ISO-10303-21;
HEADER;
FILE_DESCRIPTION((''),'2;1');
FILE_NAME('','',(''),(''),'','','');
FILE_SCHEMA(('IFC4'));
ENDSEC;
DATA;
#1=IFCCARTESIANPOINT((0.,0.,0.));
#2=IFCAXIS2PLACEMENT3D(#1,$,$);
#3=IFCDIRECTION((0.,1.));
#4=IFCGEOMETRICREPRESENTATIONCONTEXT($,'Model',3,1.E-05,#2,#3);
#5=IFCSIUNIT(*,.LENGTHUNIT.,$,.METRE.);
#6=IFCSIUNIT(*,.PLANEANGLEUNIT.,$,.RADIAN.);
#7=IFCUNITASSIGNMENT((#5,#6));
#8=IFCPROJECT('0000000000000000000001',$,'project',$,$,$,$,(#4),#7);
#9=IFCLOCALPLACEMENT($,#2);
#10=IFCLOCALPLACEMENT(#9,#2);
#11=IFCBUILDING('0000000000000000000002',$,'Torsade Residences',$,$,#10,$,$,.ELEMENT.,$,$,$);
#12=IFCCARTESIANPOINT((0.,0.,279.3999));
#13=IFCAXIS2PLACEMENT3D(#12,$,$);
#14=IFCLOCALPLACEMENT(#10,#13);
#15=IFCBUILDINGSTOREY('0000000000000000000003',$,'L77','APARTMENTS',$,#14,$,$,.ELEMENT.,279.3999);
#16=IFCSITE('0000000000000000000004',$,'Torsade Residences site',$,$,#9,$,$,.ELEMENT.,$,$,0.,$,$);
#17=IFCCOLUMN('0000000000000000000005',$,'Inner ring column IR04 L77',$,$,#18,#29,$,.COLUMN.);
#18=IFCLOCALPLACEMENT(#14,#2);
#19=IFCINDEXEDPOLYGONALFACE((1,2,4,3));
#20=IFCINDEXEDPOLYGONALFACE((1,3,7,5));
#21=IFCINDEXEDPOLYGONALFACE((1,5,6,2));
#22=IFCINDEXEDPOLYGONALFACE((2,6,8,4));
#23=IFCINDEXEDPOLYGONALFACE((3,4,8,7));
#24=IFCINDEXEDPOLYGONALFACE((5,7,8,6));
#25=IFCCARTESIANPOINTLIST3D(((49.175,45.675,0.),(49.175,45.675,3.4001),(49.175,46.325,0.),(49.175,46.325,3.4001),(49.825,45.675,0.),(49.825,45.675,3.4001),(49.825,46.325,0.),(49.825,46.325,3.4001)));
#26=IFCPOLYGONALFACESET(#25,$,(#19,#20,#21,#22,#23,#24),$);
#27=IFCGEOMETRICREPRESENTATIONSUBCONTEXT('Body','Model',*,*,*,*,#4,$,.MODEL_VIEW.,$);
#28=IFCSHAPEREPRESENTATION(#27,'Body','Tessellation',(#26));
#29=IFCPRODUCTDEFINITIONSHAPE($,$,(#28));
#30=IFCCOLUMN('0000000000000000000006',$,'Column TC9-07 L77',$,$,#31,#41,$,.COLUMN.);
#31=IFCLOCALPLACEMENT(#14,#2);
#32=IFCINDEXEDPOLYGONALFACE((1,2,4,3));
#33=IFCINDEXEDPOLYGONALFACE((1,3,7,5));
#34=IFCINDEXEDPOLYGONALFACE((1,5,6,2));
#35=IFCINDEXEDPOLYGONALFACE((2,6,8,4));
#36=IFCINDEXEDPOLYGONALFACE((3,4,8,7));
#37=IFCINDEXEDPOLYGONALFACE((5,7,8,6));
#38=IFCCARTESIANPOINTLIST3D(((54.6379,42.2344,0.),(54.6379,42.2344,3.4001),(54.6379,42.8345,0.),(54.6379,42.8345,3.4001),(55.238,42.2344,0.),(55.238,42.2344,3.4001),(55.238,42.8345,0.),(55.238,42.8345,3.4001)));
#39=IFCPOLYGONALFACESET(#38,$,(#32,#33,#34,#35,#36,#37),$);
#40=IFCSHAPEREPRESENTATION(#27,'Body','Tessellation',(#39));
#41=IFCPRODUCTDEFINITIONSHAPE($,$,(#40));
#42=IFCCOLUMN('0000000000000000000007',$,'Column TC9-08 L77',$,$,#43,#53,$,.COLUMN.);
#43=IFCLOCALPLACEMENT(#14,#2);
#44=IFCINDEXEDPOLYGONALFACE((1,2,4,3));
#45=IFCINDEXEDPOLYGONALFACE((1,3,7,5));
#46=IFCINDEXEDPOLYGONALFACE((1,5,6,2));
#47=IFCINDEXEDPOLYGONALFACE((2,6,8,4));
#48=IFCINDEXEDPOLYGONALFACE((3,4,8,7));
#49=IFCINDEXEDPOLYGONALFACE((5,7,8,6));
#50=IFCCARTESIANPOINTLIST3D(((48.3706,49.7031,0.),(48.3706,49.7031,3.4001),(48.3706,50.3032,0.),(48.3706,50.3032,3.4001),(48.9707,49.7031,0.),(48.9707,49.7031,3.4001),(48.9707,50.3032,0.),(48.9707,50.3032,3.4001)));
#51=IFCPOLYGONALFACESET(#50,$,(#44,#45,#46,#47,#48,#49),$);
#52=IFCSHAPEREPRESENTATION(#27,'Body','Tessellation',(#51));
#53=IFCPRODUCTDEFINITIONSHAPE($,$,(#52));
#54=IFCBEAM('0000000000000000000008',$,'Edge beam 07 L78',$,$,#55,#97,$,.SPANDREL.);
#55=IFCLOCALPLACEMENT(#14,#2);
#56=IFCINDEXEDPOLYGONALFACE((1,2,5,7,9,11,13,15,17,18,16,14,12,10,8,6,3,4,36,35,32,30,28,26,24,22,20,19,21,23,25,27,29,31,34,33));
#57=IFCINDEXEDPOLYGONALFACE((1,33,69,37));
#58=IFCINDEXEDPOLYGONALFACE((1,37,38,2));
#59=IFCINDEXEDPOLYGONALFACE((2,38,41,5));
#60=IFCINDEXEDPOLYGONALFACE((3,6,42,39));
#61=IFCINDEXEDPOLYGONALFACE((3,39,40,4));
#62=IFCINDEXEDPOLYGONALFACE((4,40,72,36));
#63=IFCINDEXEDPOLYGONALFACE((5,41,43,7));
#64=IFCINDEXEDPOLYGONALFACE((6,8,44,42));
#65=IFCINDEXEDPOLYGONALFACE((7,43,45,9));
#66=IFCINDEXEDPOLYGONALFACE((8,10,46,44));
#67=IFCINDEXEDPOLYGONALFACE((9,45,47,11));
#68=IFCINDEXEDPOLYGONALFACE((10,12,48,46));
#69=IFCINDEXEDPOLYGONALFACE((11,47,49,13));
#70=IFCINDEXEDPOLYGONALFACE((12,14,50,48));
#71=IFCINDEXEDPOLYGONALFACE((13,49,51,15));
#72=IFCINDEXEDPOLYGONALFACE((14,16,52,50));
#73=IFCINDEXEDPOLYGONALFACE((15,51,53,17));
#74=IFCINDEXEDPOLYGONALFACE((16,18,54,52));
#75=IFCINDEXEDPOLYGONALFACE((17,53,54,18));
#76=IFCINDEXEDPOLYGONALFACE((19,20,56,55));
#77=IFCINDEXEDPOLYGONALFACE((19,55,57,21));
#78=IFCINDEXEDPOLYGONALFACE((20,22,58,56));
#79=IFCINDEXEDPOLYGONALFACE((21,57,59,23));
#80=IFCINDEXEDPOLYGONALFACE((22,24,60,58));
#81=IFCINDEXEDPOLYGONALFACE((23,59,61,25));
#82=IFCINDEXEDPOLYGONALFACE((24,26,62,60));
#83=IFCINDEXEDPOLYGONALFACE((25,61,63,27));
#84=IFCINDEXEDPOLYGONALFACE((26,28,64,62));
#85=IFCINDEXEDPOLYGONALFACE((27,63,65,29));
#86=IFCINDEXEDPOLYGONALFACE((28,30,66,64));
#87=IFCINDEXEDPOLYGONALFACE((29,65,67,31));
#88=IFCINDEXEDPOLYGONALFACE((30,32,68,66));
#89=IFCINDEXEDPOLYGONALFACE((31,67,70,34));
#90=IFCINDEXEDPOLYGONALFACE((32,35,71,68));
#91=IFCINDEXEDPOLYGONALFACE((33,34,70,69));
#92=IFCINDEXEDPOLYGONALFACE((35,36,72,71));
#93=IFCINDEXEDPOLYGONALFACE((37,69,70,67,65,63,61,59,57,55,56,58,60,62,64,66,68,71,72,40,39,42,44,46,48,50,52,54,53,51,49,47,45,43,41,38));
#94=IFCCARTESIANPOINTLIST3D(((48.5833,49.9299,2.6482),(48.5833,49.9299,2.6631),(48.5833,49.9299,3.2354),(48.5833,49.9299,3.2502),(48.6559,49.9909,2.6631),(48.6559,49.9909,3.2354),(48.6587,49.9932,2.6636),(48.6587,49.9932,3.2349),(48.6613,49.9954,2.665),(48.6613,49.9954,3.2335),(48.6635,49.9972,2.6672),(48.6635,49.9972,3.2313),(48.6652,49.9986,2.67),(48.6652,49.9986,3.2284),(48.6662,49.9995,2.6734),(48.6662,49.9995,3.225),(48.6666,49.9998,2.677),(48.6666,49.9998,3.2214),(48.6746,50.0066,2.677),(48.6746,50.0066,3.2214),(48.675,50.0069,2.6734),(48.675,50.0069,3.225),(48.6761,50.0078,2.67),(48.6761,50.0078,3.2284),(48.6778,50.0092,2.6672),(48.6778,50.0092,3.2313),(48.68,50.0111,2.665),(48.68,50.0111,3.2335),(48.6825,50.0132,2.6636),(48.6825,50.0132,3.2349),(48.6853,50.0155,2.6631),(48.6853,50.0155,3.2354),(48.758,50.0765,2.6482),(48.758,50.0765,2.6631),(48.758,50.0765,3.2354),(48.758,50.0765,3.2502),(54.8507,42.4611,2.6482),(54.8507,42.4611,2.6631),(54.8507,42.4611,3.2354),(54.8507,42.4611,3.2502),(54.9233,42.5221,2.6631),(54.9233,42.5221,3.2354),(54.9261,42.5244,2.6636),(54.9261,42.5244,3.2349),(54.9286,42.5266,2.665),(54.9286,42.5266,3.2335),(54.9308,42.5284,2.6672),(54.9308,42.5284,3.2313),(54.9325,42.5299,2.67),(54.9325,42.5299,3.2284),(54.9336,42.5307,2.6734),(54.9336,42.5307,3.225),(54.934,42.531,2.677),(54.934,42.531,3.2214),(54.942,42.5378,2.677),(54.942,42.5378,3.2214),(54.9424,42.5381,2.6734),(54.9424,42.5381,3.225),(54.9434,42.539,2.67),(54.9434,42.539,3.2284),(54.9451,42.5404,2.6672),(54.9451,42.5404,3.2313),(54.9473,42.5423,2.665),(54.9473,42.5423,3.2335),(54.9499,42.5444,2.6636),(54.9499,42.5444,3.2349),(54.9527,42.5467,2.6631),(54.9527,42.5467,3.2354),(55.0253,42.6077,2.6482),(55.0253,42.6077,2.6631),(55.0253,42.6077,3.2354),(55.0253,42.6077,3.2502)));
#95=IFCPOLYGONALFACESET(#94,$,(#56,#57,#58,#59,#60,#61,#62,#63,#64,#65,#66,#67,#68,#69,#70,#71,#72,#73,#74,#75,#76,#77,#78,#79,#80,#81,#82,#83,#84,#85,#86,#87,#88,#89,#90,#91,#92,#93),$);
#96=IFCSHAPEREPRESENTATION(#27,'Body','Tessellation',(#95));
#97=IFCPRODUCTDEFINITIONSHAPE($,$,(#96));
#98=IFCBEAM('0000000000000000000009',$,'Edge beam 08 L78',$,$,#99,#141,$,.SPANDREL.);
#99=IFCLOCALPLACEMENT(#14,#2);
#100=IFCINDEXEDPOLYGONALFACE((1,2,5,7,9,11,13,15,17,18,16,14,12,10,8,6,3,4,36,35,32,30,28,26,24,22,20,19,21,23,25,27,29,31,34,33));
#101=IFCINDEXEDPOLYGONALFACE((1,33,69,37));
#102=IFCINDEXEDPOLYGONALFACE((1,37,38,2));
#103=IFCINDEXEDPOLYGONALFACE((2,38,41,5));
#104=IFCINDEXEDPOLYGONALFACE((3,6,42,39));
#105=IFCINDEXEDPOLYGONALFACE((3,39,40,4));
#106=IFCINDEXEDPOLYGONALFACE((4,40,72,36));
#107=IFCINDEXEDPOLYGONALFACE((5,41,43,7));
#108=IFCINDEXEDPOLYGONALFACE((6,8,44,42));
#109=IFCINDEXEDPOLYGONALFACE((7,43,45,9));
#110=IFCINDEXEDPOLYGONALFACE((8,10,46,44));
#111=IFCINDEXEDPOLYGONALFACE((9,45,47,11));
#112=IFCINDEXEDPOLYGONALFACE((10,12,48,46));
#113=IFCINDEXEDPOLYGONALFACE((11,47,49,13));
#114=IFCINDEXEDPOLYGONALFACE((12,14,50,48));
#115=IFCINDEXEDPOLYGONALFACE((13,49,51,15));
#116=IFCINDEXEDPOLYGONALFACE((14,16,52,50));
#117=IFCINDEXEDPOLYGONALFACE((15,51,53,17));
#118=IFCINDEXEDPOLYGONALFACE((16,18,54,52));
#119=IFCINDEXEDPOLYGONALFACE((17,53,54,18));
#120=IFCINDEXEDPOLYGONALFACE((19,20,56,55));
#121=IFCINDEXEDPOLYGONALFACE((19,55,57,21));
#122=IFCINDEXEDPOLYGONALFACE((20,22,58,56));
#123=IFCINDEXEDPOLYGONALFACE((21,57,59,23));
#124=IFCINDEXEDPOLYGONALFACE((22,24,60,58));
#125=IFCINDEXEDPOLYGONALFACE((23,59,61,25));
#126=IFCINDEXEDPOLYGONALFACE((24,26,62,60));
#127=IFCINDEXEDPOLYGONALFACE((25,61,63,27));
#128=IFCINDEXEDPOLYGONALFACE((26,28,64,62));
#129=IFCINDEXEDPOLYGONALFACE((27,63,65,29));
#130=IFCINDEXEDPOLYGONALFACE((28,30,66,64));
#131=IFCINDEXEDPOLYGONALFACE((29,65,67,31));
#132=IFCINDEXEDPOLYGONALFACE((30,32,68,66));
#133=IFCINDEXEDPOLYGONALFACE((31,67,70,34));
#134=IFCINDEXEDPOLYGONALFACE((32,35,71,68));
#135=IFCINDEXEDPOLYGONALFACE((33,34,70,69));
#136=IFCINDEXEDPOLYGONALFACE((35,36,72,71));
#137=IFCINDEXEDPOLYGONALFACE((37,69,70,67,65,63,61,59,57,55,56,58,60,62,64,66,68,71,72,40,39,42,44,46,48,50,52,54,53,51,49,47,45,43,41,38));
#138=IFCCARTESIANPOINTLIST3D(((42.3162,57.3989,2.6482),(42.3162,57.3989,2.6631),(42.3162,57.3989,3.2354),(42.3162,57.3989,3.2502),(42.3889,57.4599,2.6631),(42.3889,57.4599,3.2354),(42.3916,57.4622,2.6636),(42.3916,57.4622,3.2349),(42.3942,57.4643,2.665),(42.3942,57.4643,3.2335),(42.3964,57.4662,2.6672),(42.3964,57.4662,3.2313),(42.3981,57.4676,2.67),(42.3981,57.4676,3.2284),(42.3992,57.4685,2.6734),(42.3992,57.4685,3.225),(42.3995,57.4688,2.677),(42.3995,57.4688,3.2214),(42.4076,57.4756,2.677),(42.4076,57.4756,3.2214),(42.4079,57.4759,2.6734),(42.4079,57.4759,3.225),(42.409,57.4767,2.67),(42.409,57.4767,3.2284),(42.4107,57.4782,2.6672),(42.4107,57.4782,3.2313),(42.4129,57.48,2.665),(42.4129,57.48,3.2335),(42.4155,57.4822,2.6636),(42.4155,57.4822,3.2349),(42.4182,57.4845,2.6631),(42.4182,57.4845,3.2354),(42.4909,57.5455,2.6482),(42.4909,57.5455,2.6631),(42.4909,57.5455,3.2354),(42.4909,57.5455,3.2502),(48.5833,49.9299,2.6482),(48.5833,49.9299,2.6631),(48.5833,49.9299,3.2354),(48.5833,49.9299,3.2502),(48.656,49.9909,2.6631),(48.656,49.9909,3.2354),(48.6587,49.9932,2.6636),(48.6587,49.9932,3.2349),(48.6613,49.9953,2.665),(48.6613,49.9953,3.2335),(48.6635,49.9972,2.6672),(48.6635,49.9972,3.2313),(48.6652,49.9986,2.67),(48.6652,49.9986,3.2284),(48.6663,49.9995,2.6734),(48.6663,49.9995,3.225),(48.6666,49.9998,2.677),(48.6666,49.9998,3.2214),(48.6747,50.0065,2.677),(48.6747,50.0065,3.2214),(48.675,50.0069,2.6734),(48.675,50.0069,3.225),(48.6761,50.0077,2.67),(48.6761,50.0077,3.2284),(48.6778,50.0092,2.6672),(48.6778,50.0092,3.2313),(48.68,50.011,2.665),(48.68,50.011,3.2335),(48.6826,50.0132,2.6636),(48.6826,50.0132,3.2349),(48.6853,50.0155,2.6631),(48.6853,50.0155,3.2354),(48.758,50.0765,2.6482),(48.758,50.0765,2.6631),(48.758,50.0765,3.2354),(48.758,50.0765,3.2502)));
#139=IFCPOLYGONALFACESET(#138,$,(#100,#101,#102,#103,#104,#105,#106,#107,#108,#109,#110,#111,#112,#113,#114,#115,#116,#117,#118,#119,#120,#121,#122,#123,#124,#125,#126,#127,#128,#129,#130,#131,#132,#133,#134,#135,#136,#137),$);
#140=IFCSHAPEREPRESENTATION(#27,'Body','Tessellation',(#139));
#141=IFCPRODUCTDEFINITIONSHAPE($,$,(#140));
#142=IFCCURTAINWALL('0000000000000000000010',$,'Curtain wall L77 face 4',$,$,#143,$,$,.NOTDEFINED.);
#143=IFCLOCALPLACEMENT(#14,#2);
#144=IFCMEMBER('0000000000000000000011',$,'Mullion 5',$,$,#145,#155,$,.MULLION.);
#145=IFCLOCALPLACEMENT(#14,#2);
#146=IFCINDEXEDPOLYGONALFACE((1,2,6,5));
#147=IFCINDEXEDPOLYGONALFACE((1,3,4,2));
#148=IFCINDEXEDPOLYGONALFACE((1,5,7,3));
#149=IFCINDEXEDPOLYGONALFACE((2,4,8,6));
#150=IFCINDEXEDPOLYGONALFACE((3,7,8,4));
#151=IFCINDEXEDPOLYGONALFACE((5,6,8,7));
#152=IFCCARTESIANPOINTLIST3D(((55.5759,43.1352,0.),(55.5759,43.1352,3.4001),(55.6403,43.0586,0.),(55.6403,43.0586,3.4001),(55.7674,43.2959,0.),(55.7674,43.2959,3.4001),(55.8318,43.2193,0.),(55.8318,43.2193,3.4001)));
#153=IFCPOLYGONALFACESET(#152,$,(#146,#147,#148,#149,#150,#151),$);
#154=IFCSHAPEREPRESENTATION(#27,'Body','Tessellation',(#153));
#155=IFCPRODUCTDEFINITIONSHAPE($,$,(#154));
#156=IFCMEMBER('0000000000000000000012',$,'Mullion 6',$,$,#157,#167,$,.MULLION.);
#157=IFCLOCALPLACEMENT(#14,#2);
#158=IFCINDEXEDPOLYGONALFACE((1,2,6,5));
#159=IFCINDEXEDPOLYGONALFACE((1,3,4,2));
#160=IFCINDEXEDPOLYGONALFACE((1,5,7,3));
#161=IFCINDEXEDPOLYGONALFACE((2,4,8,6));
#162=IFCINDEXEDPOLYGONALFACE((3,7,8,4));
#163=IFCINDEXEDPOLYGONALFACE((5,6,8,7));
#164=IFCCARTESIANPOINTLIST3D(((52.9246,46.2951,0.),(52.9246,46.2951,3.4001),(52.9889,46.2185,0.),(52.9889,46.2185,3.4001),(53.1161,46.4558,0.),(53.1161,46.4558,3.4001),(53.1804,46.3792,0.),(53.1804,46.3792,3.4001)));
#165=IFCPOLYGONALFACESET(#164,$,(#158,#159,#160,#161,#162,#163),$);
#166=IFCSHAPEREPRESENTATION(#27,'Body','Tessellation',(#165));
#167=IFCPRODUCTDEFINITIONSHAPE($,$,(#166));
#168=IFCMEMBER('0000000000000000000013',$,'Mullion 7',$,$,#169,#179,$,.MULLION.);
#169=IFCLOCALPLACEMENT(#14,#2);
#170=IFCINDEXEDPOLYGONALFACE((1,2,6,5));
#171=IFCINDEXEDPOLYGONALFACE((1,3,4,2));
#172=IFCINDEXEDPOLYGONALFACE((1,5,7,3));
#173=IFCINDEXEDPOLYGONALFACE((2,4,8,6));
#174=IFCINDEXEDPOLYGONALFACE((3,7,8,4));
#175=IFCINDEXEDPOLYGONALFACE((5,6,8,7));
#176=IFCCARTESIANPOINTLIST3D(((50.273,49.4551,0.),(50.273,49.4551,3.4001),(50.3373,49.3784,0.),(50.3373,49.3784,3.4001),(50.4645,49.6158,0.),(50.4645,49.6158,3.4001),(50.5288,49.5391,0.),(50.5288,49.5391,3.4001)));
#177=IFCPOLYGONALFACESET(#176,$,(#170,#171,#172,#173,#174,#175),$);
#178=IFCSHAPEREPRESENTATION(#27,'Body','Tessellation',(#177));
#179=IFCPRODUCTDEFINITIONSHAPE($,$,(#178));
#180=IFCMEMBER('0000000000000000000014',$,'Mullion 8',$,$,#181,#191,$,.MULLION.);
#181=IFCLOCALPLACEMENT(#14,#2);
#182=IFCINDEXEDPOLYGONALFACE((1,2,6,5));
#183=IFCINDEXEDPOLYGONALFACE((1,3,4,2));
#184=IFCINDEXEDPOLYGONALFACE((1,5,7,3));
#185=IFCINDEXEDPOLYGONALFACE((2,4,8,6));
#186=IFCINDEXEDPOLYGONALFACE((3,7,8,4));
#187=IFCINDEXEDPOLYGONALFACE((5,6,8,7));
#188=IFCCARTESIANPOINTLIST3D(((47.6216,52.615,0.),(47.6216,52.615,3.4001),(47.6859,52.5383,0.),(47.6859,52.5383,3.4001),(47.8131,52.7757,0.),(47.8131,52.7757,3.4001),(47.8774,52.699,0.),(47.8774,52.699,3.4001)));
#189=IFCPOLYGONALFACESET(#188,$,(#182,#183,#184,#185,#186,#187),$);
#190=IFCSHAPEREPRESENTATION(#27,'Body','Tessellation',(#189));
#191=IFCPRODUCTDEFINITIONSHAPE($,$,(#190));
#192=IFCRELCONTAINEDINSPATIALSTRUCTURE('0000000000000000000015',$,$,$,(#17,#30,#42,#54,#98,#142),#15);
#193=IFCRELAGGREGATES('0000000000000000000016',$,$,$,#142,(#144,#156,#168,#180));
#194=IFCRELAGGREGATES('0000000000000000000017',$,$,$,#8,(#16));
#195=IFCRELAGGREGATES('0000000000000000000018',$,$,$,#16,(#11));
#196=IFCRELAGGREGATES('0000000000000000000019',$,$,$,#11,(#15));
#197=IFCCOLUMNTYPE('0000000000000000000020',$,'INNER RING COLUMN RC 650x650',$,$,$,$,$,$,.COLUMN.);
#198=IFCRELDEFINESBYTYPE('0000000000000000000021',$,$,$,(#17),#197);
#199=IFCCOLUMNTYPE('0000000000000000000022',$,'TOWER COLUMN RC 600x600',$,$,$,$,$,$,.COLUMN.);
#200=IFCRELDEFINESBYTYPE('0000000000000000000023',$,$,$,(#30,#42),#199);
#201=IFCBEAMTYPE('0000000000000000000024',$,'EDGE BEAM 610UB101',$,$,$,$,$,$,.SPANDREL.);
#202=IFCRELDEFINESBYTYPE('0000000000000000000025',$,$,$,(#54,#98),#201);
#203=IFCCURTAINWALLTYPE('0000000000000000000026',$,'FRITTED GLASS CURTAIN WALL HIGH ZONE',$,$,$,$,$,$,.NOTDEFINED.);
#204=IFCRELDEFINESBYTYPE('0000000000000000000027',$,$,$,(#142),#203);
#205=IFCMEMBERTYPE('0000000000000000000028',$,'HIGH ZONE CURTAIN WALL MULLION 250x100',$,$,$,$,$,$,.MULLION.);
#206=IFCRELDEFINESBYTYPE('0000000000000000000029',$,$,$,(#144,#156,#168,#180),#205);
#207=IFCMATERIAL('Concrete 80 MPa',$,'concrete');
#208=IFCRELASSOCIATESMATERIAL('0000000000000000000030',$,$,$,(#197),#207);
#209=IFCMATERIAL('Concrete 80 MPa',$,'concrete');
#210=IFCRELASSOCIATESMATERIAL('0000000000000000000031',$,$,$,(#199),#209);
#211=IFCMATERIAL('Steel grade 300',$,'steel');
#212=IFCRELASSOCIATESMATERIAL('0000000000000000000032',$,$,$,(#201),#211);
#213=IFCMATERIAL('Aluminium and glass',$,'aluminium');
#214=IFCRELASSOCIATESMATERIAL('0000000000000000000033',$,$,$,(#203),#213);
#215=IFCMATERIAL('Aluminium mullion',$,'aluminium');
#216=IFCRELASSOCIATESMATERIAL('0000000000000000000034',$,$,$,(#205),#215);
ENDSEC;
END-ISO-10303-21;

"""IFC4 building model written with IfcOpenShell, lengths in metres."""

from ifc_helpers import new_model, si_unit, direction, frame, origin, origin_2d, place, context, subcontext, project, spatial, rectangle, i_section, extrude, material, material_profile, profile_set, type_object, element, aggregate, save


model = new_model("IFC4")

# Units and contexts
model_context = context("Model", 3, precision=1e-05, world=origin(), true_north=direction((0.0, 1.0)))
body_context = subcontext(model_context, "Body", "Model", "MODEL_VIEW")
ifc_project = project(units=[si_unit("LENGTHUNIT", "METRE"), si_unit("PLANEANGLEUNIT", "RADIAN")], contexts=[model_context])

# Site, building, storey
site_placement = place(None, origin())
site = spatial("IfcSite", under=ifc_project, at=site_placement, Name="Torsade Residences site", CompositionType="ELEMENT", RefElevation=0.0)
building_placement = place(site_placement, origin())
building = spatial("IfcBuilding", under=site, at=building_placement, Name="Torsade Residences", CompositionType="ELEMENT")
storey_placement = place(building_placement, frame((0.0, 0.0, 279.3999)))
storey = spatial("IfcBuildingStorey", under=building, at=storey_placement, Name="L77", Description="APARTMENTS", CompositionType="ELEMENT", Elevation=279.3999)

# Columns
ifc_material_1 = material(Name="Concrete 80 MPa", Category="concrete")
ifc_material_profile_1 = material_profile(ifc_material_1, rectangle(XDim=0.6499, YDim=0.6499, at=origin_2d()), Name="RC 650x650")
ifc_profile_set_1 = profile_set([ifc_material_profile_1], Name="Concrete 80 MPa")
column_type_1 = type_object("IfcColumnType", Name="INNER RING COLUMN RC 650x650", PredefinedType="COLUMN", material=ifc_profile_set_1)
column_placement = place(storey_placement, frame((49.5, 46.0, 0.0), z_axis=(0.0, 0.0, 1.0), x_axis=(1.0, 0.0, 0.0)))
element("IfcColumn", 1, at=column_placement, inside=storey, type_object=column_type_1, Name="Inner ring column IR04 L77", PredefinedType="COLUMN", context=body_context, shape_type="SweptSolid", body=[
    extrude(rectangle(XDim=0.6499, YDim=0.6499, at=origin_2d()), origin(), (0.0, 0.0, 1.0), 3.4001),
])
ifc_material_2 = material(Name="Concrete 80 MPa", Category="concrete")
ifc_material_profile_2 = material_profile(ifc_material_2, rectangle(XDim=0.6001, YDim=0.6001, at=origin_2d()), Name="RC 600x600")
ifc_profile_set_2 = profile_set([ifc_material_profile_2], Name="Concrete 80 MPa")
column_type_2 = type_object("IfcColumnType", Name="TOWER COLUMN RC 600x600", PredefinedType="COLUMN", material=ifc_profile_set_2)
for number, where, z_axis, x_axis, name in (
    (2, (54.938, 42.5344, 0.0), (0.0, 0.0, 1.0), (1.0, 0.0, 0.0), "Column TC9-07 L77"),
    (3, (48.6707, 50.0032, 0.0), (0.0, 0.0, 1.0), (1.0, 0.0, 0.0), "Column TC9-08 L77"),
):
    element("IfcColumn", number, at=place(storey_placement, frame(where, z_axis=z_axis, x_axis=x_axis)), inside=storey, type_object=column_type_2, Name=name, PredefinedType="COLUMN", context=body_context, shape_type="SweptSolid", body=[
        extrude(rectangle(XDim=0.6001, YDim=0.6001, at=origin_2d()), origin(), (0.0, 0.0, 1.0), 3.4001),
    ])

# Beams
ifc_material_3 = material(Name="Steel grade 300", Category="steel")
ifc_material_profile_3 = material_profile(ifc_material_3, i_section(OverallWidth=0.228, OverallDepth=0.6021, WebThickness=0.0105, FlangeThickness=0.0149, FilletRadius=0.0139, at=origin_2d()), Name="610UB101")
ifc_profile_set_3 = profile_set([ifc_material_profile_3], Name="Steel grade 300")
beam_type_1 = type_object("IfcBeamType", Name="EDGE BEAM 610UB101", PredefinedType="SPANDREL", material=ifc_profile_set_3)
for number, where, z_axis, x_axis, name in (
    (4, (54.938, 42.5344, 2.9492), (-0.642806, 0.766029, 0.0), (-0.766029, -0.642806, 0.0), "Edge beam 07 L78"),
    (5, (48.6707, 50.0032, 2.9492), (-0.642779, 0.766052, 0.0), (-0.766052, -0.642779, 0.0), "Edge beam 08 L78"),
):
    element("IfcBeam", number, at=place(storey_placement, frame(where, z_axis=z_axis, x_axis=x_axis)), inside=storey, type_object=beam_type_1, Name=name, PredefinedType="SPANDREL", context=body_context, shape_type="SweptSolid", body=[
        extrude(i_section(OverallWidth=0.228, OverallDepth=0.6021, WebThickness=0.0105, FlangeThickness=0.0149, FilletRadius=0.0139, at=origin_2d()), origin(), (0.0, 0.0, 1.0), 9.75),
    ])

# Curtain wall, members
ifc_material_4 = material(Name="Aluminium and glass", Category="aluminium")
curtain_wall_type = type_object("IfcCurtainWallType", Name="FRITTED GLASS CURTAIN WALL HIGH ZONE", PredefinedType="NOTDEFINED", material=ifc_material_4)
curtain_wall_placement = place(storey_placement, origin())
curtain_wall = element("IfcCurtainWall", 6, at=curtain_wall_placement, inside=storey, type_object=curtain_wall_type, Name="Curtain wall L77 face 4", PredefinedType="NOTDEFINED")
ifc_material_5 = material(Name="Aluminium mullion", Category="aluminium")
ifc_material_profile_4 = material_profile(ifc_material_5, rectangle(XDim=0.25, YDim=0.1001, at=origin_2d()), Name="HIGH ZONE CURTAIN WALL MULLION 250x100")
ifc_profile_set_4 = profile_set([ifc_material_profile_4], Name="Aluminium mullion")
member_type_1 = type_object("IfcMemberType", Name="HIGH ZONE CURTAIN WALL MULLION 250x100", PredefinedType="MULLION", material=ifc_profile_set_4)
member_1_placement = place(storey_placement, frame((55.7039, 43.1772, 0.0), z_axis=(0.0, 0.0, 1.0), x_axis=(-0.766044, -0.642788, 0.0)))
member_1 = element("IfcMember", 7, at=member_1_placement, type_object=member_type_1, Name="Mullion 5", PredefinedType="MULLION", context=body_context, shape_type="SweptSolid", body=[
    extrude(rectangle(XDim=0.25, YDim=0.1001, at=origin_2d()), origin(), (0.0, 0.0, 1.0), 3.4001),
])
member_2_placement = place(storey_placement, frame((53.0525, 46.3372, 0.0), z_axis=(0.0, 0.0, 1.0), x_axis=(-0.766044, -0.642788, 0.0)))
member_2 = element("IfcMember", 8, at=member_2_placement, type_object=member_type_1, Name="Mullion 6", PredefinedType="MULLION", context=body_context, shape_type="SweptSolid", body=[
    extrude(rectangle(XDim=0.25, YDim=0.1001, at=origin_2d()), origin(), (0.0, 0.0, 1.0), 3.4001),
])
member_3_placement = place(storey_placement, frame((50.4009, 49.4971, 0.0), z_axis=(0.0, 0.0, 1.0), x_axis=(-0.766044, -0.642788, 0.0)))
member_3 = element("IfcMember", 9, at=member_3_placement, type_object=member_type_1, Name="Mullion 7", PredefinedType="MULLION", context=body_context, shape_type="SweptSolid", body=[
    extrude(rectangle(XDim=0.25, YDim=0.1001, at=origin_2d()), origin(), (0.0, 0.0, 1.0), 3.4001),
])
member_4_placement = place(storey_placement, frame((47.7495, 52.657, 0.0), z_axis=(0.0, 0.0, 1.0), x_axis=(-0.766044, -0.642788, 0.0)))
member_4 = element("IfcMember", 10, at=member_4_placement, type_object=member_type_1, Name="Mullion 8", PredefinedType="MULLION", context=body_context, shape_type="SweptSolid", body=[
    extrude(rectangle(XDim=0.25, YDim=0.1001, at=origin_2d()), origin(), (0.0, 0.0, 1.0), 3.4001),
])

aggregate(curtain_wall, [member_1, member_2, member_3, member_4])

save(model, "model.ifc")
